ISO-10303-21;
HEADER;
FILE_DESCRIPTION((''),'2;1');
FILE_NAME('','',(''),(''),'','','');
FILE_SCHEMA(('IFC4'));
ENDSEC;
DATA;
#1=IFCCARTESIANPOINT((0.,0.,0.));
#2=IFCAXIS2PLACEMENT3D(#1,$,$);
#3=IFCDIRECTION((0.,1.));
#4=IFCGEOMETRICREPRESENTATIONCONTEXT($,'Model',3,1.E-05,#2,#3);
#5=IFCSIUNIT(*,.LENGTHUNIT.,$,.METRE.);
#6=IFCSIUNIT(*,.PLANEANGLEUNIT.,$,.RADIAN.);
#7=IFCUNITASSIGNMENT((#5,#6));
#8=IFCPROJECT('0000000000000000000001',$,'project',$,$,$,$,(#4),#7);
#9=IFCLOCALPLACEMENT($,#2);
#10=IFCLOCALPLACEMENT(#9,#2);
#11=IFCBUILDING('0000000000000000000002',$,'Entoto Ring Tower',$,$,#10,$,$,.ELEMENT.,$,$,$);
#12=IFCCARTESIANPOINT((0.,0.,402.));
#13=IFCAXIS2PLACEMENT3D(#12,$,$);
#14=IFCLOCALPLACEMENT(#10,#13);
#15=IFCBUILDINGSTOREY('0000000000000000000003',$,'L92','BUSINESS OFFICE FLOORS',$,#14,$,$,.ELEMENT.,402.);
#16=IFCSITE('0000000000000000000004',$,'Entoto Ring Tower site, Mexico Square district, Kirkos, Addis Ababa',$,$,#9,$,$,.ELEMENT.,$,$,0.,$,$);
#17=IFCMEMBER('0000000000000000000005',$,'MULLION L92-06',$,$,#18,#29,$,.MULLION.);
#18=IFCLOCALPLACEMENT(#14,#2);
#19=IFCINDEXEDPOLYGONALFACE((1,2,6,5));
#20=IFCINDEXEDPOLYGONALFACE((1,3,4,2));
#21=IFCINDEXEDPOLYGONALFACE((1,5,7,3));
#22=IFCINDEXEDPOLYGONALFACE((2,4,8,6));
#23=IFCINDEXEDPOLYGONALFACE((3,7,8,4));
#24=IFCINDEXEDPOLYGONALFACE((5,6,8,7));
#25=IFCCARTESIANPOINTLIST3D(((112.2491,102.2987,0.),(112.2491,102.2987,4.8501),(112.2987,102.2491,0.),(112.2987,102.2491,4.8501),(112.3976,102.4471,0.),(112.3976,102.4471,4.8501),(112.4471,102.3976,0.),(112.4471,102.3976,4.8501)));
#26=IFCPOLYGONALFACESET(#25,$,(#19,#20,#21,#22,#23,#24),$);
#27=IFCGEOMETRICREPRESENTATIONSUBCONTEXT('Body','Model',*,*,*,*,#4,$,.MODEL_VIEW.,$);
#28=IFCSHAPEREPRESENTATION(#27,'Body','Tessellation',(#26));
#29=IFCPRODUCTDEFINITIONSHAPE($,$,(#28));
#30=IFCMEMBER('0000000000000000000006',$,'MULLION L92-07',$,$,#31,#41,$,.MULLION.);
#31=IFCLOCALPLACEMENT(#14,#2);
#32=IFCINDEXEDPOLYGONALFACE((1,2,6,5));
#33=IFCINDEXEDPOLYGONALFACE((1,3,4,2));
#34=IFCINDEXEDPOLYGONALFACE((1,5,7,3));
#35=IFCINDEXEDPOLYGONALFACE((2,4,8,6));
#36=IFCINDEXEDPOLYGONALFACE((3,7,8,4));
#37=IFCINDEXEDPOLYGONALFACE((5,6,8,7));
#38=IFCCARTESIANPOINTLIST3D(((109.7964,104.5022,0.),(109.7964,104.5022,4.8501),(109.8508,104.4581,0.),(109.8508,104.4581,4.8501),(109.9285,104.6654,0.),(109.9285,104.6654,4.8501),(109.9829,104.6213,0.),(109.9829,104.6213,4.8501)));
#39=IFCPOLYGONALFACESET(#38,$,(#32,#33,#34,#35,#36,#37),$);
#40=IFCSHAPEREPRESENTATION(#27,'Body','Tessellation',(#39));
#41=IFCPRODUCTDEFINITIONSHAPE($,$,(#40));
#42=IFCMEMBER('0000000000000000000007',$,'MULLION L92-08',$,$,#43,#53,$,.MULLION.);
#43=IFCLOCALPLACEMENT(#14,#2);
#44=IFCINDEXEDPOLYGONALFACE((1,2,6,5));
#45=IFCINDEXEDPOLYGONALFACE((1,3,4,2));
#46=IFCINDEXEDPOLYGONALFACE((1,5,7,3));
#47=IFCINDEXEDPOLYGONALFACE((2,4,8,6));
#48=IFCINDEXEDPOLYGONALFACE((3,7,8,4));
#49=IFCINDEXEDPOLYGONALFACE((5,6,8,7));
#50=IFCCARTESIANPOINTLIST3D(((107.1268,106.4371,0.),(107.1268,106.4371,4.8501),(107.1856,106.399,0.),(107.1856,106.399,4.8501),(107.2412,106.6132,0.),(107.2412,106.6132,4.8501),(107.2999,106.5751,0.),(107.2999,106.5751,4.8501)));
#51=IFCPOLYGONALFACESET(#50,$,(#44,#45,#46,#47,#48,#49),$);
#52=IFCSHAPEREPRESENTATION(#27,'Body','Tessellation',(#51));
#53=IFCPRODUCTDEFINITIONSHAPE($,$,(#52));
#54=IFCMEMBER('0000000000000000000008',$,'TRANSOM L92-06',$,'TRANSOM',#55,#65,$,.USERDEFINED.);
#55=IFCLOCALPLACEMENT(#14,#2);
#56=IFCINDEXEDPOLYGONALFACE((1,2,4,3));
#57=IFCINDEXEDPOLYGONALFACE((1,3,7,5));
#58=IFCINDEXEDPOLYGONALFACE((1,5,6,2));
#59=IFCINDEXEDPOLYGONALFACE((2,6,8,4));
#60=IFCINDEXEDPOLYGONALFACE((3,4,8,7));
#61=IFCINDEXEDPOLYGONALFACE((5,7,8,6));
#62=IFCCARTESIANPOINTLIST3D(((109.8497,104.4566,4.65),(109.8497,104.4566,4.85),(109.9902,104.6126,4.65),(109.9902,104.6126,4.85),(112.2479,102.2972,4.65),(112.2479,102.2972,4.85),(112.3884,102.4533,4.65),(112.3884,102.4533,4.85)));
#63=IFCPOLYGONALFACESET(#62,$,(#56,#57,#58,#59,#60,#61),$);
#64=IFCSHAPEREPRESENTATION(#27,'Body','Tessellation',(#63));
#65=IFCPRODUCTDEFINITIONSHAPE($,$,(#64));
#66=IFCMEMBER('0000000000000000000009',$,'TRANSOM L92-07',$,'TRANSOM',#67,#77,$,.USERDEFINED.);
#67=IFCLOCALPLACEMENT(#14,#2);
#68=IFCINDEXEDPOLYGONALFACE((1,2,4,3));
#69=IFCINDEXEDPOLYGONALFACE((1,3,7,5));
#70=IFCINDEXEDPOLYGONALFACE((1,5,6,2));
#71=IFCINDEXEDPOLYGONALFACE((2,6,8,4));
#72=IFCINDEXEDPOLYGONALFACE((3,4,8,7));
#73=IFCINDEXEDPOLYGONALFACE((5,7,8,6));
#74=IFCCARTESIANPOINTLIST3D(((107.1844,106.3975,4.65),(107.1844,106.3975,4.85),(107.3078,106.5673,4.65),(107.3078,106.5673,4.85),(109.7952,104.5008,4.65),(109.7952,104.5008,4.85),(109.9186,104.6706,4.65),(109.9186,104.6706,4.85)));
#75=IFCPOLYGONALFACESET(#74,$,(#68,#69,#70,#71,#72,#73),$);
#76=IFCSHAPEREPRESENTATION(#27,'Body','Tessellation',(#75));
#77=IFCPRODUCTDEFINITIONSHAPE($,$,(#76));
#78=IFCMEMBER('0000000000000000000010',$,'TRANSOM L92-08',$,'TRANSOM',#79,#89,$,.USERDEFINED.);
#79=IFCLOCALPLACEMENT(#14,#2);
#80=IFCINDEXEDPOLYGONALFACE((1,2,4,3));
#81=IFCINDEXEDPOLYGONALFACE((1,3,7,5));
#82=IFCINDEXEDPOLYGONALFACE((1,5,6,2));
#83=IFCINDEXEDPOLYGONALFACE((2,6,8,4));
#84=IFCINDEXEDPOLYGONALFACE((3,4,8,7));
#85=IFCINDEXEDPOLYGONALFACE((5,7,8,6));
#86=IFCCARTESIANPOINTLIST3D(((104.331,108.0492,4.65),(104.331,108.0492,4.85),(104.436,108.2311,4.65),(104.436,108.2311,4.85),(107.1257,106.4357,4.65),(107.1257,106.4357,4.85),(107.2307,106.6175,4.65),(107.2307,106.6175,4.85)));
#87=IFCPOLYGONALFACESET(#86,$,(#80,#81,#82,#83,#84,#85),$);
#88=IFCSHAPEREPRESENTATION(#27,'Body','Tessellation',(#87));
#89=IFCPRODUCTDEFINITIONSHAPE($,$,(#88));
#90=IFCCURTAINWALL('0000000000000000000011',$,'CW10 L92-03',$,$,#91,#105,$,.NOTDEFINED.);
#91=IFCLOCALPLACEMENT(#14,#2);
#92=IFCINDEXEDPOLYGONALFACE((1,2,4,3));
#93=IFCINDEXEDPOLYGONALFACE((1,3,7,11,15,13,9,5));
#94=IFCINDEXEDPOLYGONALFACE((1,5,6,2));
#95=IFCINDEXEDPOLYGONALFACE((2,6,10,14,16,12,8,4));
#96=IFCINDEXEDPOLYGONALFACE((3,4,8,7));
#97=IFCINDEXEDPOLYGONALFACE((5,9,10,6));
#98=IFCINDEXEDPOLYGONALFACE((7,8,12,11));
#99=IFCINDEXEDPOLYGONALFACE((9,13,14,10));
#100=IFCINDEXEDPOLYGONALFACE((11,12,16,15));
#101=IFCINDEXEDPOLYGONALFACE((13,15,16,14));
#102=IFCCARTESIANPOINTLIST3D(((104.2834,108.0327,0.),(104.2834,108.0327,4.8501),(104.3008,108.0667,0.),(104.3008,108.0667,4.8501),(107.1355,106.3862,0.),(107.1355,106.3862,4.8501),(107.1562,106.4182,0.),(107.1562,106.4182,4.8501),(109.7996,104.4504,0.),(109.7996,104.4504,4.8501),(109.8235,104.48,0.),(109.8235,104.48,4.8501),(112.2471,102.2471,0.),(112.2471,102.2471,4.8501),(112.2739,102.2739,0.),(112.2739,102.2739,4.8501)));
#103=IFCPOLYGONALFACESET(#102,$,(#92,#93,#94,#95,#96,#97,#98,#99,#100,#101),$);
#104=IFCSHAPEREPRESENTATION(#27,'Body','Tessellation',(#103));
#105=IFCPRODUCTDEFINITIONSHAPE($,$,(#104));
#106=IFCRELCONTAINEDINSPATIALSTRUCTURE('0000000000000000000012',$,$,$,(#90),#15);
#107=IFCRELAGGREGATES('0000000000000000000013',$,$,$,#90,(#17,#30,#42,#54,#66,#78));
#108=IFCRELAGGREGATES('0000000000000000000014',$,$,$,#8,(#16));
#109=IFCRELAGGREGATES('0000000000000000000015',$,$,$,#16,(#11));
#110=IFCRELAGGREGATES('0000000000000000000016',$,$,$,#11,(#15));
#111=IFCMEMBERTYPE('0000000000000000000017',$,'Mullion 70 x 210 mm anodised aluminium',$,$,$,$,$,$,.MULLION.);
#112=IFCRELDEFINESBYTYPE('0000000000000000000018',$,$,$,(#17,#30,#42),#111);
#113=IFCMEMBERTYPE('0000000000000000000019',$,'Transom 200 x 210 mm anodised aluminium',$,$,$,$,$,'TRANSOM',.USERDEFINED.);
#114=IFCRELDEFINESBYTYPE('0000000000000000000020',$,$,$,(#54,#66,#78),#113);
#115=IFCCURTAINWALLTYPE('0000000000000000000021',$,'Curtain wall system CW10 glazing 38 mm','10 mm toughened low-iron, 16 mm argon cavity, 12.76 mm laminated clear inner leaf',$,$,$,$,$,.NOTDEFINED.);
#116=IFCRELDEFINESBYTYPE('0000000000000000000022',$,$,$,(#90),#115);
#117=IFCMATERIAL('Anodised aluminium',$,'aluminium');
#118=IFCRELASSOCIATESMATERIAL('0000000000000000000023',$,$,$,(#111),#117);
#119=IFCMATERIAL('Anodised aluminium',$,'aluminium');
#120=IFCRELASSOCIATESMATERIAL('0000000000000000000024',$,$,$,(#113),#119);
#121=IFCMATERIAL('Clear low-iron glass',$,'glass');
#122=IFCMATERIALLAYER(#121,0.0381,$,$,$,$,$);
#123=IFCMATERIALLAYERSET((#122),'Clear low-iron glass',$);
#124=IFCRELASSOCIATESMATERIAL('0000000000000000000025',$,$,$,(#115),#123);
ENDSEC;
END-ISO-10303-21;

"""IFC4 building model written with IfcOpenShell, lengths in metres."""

from ifc_helpers import new_model, si_unit, direction, frame, origin, origin_2d, place, context, subcontext, project, spatial, polyline, rectangle, outline, extrude, material, layer, layer_set, material_profile, profile_set, type_object, element, aggregate, save


model = new_model("IFC4")

# Units and contexts
model_context = context("Model", 3, precision=1e-05, world=origin(), true_north=direction((0.0, 1.0)))
body_context = subcontext(model_context, "Body", "Model", "MODEL_VIEW")
ifc_project = project(units=[si_unit("LENGTHUNIT", "METRE"), si_unit("PLANEANGLEUNIT", "RADIAN")], contexts=[model_context])

# Members
ifc_material_1 = material(Name="Anodised aluminium", Category="aluminium")
ifc_material_profile_1 = material_profile(ifc_material_1, rectangle(XDim=0.0701, YDim=0.21, at=origin_2d()), Name="Mullion 70 x 210 mm anodised aluminium")
ifc_profile_set_1 = profile_set([ifc_material_profile_1], Name="Anodised aluminium")
member_type_1 = type_object("IfcMemberType", Name="Mullion 70 x 210 mm anodised aluminium", PredefinedType="MULLION", material=ifc_profile_set_1)
site_placement = place(None, origin())
building_placement = place(site_placement, origin())
storey_placement = place(building_placement, frame((0.0, 0.0, 402.0)))
member_1_placement = place(storey_placement, frame((112.3481, 102.3481, 0.0), z_axis=(0.0, 0.0, 1.0), x_axis=(-0.707107, 0.707107, 0.0)))
member_1 = element("IfcMember", 1, at=member_1_placement, type_object=member_type_1, Name="MULLION L92-06", PredefinedType="MULLION", context=body_context, shape_type="SweptSolid", body=[
    extrude(rectangle(XDim=0.0701, YDim=0.21, at=origin_2d()), origin(), (0.0, 0.0, 1.0), 4.8501),
])
member_2_placement = place(storey_placement, frame((109.8896, 104.5618, 0.0), z_axis=(0.0, 0.0, 1.0), x_axis=(-0.777146, 0.62932, 0.0)))
member_2 = element("IfcMember", 2, at=member_2_placement, type_object=member_type_1, Name="MULLION L92-07", PredefinedType="MULLION", context=body_context, shape_type="SweptSolid", body=[
    extrude(rectangle(XDim=0.0701, YDim=0.21, at=origin_2d()), origin(), (0.0, 0.0, 1.0), 4.8501),
])
member_3_placement = place(storey_placement, frame((107.2134, 106.5061, 0.0), z_axis=(0.0, 0.0, 1.0), x_axis=(-0.838671, 0.544639, 0.0)))
member_3 = element("IfcMember", 3, at=member_3_placement, type_object=member_type_1, Name="MULLION L92-08", PredefinedType="MULLION", context=body_context, shape_type="SweptSolid", body=[
    extrude(rectangle(XDim=0.0701, YDim=0.21, at=origin_2d()), origin(), (0.0, 0.0, 1.0), 4.8501),
])
ifc_material_2 = material(Name="Anodised aluminium", Category="aluminium")
ifc_material_profile_2 = material_profile(ifc_material_2, rectangle(XDim=0.21, YDim=0.2, at=origin_2d()), Name="Transom 200 x 210 mm anodised aluminium")
ifc_profile_set_2 = profile_set([ifc_material_profile_2], Name="Anodised aluminium")
member_type_2 = type_object("IfcMemberType", Name="Transom 200 x 210 mm anodised aluminium", ElementType="TRANSOM", PredefinedType="USERDEFINED", material=ifc_profile_set_2)
member_4_placement = place(storey_placement, frame((112.3181, 102.3752, 4.75), z_axis=(-0.743132, 0.669144, 0.0), x_axis=(-0.669144, -0.743132, 0.0)))
member_4 = element("IfcMember", 4, at=member_4_placement, type_object=member_type_2, Name="TRANSOM L92-06", ObjectType="TRANSOM", PredefinedType="USERDEFINED", context=body_context, shape_type="SweptSolid", body=[
    extrude(rectangle(XDim=0.21, YDim=0.2, at=origin_2d()), origin(), (0.0, 0.0, 1.0), 3.2271),
])
member_5_placement = place(storey_placement, frame((109.8569, 104.5857, 4.75), z_axis=(-0.80904, 0.587753, 0.0), x_axis=(-0.587753, -0.80904, 0.0)))
member_5 = element("IfcMember", 5, at=member_5_placement, type_object=member_type_2, Name="TRANSOM L92-07", ObjectType="TRANSOM", PredefinedType="USERDEFINED", context=body_context, shape_type="SweptSolid", body=[
    extrude(rectangle(XDim=0.21, YDim=0.2, at=origin_2d()), origin(), (0.0, 0.0, 1.0), 3.2271),
])
member_6_placement = place(storey_placement, frame((107.1782, 106.5266, 4.75), z_axis=(-0.866023, 0.500004, 0.0), x_axis=(-0.500004, -0.866023, 0.0)))
member_6 = element("IfcMember", 6, at=member_6_placement, type_object=member_type_2, Name="TRANSOM L92-08", ObjectType="TRANSOM", PredefinedType="USERDEFINED", context=body_context, shape_type="SweptSolid", body=[
    extrude(rectangle(XDim=0.21, YDim=0.2, at=origin_2d()), origin(), (0.0, 0.0, 1.0), 3.2271),
])

# Site, building, storey
site = spatial("IfcSite", under=ifc_project, at=site_placement, Name="Entoto Ring Tower site, Mexico Square district, Kirkos, Addis Ababa", CompositionType="ELEMENT", RefElevation=0.0)
building = spatial("IfcBuilding", under=site, at=building_placement, Name="Entoto Ring Tower", CompositionType="ELEMENT")
storey = spatial("IfcBuildingStorey", under=building, at=storey_placement, Name="L92", Description="BUSINESS OFFICE FLOORS", CompositionType="ELEMENT", Elevation=402.0)

# Curtain wall
ifc_material_3 = material(Name="Clear low-iron glass", Category="glass")
ifc_layer_1 = layer(ifc_material_3, 0.0381)
ifc_layer_set_1 = layer_set([ifc_layer_1], Name="Clear low-iron glass")
curtain_wall_type = type_object("IfcCurtainWallType", Name="Curtain wall system CW10 glazing 38 mm", Description="10 mm toughened low-iron, 16 mm argon cavity, 12.76 mm laminated clear inner leaf", PredefinedType="NOTDEFINED", material=ifc_layer_set_1)
curtain_wall_1_placement = place(storey_placement, origin())
curtain_wall_1 = element("IfcCurtainWall", 7, at=curtain_wall_1_placement, inside=storey, type_object=curtain_wall_type, Name="CW10 L92-03", PredefinedType="NOTDEFINED", context=body_context, shape_type="SweptSolid", body=[
    extrude(outline(polyline([(112.2739, 102.2739), (109.8235, 104.48), (107.1562, 106.4182), (104.3008, 108.0667), (104.2834, 108.0327), (107.1355, 106.3862), (109.7996, 104.4504), (112.2471, 102.2471), (112.2739, 102.2739)])), origin(), (0.0, 0.0, 1.0), 4.8501),
])
aggregate(curtain_wall_1, [member_1, member_2, member_3, member_4, member_5, member_6])

save(model, "model.ifc")
